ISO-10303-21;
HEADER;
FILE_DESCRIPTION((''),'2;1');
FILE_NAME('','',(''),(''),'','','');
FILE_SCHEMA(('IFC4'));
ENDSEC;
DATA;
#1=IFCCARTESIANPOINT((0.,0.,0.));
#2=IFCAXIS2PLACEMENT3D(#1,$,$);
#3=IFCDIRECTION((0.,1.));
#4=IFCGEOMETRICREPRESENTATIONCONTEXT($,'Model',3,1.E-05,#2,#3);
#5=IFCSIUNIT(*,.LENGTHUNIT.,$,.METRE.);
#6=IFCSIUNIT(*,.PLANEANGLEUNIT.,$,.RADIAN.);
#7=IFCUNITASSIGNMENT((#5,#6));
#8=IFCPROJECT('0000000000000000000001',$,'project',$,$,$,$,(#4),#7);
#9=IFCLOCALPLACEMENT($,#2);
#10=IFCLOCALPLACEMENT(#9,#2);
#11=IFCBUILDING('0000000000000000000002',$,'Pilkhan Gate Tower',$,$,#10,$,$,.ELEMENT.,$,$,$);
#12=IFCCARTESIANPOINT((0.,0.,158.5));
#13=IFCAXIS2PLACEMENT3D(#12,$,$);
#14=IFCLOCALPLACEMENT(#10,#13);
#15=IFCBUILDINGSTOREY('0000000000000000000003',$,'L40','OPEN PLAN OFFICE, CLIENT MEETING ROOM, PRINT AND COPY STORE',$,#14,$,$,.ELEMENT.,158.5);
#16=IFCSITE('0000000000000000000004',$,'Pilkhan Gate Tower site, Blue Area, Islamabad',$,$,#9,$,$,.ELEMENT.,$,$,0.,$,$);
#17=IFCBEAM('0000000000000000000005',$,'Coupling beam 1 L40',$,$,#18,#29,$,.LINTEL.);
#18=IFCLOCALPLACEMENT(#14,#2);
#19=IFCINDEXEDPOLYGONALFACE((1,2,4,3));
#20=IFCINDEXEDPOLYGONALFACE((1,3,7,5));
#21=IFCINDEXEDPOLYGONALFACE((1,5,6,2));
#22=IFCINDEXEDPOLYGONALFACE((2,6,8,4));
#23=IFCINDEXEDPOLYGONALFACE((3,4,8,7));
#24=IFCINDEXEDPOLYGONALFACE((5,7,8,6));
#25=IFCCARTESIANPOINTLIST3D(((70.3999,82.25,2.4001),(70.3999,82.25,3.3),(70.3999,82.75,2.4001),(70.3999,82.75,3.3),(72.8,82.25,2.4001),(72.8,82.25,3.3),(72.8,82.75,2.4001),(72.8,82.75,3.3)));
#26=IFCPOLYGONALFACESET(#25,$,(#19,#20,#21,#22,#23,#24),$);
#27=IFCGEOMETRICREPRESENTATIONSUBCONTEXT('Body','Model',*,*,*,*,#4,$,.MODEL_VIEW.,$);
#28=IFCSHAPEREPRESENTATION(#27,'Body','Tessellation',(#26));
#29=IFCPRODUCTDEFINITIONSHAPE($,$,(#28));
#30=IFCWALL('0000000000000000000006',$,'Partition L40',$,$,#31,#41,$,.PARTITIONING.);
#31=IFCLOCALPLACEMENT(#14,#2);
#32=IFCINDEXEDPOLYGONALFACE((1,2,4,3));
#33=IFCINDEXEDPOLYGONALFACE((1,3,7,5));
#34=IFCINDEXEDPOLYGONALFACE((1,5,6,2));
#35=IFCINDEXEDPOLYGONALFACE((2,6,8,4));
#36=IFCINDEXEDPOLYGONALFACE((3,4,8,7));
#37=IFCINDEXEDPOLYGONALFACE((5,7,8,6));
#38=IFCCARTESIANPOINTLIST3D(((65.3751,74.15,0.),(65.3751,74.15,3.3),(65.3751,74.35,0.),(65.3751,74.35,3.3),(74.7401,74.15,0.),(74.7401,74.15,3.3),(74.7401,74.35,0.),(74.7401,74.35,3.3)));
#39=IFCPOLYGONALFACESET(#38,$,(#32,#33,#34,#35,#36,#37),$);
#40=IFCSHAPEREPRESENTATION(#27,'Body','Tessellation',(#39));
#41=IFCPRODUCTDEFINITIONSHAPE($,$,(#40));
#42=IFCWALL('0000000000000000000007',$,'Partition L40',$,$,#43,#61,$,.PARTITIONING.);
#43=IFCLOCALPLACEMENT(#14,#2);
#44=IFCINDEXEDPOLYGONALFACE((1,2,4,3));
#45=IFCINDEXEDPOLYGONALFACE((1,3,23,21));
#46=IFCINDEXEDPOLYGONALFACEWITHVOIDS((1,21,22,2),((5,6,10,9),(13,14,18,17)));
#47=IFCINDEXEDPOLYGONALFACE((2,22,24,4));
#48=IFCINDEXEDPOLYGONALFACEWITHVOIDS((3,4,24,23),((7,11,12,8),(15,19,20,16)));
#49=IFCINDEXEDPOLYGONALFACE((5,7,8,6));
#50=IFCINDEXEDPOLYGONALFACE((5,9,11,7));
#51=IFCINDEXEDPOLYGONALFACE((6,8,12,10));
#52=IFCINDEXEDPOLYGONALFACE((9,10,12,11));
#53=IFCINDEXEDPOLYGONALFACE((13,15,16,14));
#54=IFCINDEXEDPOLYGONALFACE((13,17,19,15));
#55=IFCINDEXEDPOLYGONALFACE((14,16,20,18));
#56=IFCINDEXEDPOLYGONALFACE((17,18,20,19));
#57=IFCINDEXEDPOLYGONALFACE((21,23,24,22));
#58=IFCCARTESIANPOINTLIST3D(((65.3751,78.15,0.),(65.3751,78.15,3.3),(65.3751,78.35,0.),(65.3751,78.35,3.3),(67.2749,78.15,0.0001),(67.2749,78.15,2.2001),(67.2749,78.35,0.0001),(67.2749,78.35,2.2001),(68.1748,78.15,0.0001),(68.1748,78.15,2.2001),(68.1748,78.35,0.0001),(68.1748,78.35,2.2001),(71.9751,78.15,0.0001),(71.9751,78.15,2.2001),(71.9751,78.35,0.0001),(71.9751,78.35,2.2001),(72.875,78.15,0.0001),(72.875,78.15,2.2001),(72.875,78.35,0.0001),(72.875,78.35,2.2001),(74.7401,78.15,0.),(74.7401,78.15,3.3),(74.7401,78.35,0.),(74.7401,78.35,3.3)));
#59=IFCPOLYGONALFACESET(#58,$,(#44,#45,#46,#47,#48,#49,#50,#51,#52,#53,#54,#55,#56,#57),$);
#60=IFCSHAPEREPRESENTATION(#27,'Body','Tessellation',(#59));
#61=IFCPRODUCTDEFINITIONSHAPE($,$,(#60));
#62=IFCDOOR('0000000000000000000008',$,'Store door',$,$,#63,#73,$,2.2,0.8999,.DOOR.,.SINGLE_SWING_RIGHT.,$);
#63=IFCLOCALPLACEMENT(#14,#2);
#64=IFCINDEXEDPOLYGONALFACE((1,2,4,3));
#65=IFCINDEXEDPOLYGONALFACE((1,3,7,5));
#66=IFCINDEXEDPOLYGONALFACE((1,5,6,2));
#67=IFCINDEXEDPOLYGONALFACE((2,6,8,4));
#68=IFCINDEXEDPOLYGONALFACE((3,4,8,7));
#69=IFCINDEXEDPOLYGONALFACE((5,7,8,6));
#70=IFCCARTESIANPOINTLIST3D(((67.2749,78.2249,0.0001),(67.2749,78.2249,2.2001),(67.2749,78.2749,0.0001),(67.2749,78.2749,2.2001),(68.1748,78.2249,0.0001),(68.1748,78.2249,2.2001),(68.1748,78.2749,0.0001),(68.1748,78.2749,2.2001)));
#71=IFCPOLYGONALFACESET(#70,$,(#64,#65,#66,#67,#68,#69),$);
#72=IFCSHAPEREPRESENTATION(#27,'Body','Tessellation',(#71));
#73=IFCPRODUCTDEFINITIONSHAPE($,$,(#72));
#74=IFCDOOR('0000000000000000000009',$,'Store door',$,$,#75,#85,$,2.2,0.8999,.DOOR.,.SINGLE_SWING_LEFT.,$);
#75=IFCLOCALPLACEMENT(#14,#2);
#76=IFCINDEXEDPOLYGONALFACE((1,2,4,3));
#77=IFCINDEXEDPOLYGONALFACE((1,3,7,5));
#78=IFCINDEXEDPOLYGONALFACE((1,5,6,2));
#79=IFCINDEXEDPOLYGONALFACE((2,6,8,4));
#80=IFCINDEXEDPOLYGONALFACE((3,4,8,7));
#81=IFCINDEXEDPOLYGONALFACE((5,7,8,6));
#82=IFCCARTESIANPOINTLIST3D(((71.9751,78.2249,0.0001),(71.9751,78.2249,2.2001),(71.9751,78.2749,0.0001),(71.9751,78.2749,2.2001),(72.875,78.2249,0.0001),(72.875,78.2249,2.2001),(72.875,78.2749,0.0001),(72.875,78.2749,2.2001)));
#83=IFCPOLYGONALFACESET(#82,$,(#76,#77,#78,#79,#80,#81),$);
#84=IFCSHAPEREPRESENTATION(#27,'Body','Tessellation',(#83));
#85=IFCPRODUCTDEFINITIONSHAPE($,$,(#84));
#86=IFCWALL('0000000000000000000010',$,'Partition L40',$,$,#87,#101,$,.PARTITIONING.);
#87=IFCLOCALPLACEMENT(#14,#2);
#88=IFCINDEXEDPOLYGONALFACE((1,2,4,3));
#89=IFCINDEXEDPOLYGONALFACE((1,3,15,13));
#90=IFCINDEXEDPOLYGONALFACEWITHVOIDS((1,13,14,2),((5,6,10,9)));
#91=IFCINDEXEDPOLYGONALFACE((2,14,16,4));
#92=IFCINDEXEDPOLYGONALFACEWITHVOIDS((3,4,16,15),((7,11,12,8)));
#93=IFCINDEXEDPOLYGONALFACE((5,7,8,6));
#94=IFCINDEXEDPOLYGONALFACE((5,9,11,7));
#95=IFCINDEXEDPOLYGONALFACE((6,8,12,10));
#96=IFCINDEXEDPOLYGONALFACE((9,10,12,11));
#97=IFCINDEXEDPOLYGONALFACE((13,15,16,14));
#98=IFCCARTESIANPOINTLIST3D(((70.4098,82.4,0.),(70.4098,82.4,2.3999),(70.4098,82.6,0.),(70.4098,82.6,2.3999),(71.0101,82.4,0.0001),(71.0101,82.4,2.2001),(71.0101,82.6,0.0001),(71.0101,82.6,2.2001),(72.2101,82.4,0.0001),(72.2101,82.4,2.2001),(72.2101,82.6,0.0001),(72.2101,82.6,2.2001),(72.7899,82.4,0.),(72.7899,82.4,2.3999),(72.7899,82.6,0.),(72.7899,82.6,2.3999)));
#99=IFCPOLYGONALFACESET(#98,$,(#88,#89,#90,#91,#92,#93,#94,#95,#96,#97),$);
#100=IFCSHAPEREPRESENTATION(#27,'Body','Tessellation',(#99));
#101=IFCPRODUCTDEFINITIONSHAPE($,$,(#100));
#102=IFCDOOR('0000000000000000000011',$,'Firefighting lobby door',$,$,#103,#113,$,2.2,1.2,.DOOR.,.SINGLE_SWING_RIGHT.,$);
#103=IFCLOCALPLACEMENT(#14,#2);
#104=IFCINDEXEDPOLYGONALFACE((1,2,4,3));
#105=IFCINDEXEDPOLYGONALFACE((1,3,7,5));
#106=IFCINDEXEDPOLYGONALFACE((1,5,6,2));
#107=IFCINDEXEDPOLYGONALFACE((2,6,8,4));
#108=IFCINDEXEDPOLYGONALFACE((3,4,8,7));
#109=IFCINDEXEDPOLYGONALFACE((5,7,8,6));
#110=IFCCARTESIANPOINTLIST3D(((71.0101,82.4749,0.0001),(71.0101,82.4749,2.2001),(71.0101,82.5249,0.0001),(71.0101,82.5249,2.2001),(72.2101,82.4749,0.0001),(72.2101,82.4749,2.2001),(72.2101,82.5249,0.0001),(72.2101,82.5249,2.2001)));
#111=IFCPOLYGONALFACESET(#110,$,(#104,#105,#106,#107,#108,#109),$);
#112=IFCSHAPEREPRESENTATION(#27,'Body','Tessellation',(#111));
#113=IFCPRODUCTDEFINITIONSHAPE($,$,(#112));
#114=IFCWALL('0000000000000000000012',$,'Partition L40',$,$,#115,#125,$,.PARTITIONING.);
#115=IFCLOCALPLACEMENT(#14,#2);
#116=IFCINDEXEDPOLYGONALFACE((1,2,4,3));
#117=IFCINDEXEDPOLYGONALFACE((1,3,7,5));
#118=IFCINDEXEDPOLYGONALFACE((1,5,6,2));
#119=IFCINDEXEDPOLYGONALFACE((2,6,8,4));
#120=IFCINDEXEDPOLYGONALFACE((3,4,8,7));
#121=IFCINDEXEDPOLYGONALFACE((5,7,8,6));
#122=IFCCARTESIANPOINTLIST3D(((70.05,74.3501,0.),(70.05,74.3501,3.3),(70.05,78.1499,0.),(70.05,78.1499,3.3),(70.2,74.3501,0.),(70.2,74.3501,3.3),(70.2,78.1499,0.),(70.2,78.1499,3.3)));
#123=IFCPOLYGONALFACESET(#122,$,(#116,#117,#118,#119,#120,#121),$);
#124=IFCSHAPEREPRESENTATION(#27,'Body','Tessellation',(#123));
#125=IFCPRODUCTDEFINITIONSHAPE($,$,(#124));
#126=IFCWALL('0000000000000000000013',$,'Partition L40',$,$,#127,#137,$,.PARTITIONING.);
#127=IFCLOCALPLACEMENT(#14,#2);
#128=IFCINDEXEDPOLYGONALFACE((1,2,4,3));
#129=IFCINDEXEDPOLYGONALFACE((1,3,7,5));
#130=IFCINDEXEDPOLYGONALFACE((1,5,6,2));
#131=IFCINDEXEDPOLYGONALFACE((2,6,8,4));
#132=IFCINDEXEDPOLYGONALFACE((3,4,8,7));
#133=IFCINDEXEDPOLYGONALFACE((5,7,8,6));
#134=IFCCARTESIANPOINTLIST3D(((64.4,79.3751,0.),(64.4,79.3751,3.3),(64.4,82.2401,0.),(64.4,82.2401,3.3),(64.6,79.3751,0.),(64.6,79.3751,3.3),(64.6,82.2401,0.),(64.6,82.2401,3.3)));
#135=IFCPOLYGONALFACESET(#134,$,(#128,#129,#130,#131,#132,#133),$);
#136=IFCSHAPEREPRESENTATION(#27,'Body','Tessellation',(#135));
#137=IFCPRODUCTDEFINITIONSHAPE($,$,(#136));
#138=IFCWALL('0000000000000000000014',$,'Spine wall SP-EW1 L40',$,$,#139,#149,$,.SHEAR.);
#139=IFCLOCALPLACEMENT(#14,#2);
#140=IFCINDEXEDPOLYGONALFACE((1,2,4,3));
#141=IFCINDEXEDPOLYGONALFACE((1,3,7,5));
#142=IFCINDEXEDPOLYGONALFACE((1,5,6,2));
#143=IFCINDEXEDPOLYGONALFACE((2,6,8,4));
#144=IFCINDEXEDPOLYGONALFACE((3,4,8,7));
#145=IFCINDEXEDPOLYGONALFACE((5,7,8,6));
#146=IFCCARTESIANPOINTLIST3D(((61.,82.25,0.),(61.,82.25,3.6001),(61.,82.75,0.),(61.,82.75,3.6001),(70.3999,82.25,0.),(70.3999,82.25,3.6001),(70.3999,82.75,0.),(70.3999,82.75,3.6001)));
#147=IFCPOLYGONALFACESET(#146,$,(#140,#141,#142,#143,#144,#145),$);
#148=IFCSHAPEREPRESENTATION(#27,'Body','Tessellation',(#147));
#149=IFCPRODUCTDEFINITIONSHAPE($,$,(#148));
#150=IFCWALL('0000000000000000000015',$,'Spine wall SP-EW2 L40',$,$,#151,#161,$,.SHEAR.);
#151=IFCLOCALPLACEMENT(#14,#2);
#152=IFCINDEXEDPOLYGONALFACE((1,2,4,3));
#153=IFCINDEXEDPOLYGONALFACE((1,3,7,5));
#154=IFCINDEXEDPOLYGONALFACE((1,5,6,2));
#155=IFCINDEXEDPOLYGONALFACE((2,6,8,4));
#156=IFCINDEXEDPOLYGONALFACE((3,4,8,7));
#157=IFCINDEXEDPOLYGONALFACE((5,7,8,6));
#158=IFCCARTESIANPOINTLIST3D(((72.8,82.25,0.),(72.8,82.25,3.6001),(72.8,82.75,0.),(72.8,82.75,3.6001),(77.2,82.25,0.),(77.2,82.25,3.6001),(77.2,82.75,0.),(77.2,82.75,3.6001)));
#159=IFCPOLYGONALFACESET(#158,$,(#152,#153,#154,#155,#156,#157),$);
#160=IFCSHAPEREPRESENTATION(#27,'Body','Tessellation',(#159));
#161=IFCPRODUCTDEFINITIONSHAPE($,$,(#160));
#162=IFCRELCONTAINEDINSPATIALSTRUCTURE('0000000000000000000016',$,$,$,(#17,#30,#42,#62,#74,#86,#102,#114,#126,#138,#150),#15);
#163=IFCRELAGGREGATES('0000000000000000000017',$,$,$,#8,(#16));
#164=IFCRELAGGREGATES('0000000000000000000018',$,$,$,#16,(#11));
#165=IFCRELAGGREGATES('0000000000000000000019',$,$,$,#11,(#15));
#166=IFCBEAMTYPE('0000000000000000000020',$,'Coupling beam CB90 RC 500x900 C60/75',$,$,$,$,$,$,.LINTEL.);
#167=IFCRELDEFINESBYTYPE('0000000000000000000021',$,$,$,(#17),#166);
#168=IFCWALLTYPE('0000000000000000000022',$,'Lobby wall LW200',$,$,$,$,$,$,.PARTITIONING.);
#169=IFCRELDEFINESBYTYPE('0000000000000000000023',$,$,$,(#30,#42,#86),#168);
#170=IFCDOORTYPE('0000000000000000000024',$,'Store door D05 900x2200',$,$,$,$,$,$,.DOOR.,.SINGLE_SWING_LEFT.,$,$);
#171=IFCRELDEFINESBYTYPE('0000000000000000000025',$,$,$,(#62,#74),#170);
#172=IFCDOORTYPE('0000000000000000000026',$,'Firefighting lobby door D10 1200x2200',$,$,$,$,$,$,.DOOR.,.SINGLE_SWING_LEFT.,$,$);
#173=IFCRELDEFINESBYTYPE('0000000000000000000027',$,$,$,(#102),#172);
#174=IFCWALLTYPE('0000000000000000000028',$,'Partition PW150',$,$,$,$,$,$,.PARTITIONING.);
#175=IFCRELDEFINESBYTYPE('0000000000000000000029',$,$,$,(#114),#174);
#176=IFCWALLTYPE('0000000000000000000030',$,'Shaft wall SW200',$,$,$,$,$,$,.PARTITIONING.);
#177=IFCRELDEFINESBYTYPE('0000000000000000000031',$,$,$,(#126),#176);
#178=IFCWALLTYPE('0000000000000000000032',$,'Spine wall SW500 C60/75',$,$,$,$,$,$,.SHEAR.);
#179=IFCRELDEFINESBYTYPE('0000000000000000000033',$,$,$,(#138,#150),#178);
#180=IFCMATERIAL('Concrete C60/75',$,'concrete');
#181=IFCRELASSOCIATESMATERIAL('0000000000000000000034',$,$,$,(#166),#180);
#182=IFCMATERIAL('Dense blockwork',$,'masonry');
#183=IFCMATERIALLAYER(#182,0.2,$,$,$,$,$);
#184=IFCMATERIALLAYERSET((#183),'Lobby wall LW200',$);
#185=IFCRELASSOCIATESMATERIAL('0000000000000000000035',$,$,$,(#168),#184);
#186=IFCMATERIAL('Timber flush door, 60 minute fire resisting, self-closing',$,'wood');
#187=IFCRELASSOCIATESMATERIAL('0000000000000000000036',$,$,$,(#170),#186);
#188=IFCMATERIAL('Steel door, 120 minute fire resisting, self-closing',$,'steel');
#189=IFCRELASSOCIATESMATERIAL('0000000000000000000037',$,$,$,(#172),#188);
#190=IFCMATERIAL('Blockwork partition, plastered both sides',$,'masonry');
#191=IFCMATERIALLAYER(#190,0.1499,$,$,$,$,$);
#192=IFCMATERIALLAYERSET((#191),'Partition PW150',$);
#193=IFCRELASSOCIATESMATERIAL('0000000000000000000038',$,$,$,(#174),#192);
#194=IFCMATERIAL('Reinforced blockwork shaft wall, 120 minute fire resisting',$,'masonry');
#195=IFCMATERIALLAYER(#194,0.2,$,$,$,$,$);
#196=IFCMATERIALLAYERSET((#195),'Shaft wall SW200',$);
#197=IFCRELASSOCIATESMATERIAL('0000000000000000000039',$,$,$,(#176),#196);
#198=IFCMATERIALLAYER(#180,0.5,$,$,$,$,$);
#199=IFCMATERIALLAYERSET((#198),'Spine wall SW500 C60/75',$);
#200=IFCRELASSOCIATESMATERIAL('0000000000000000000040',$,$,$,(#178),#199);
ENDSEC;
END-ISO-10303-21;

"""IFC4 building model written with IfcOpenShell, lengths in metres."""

from ifc_helpers import new_model, si_unit, direction, frame, frame_2d, origin, origin_2d, place, context, subcontext, project, spatial, rectangle, extrude, material, layer, layer_set, material_profile, profile_set, type_object, element, fill, save


model = new_model("IFC4")

# Units and contexts
model_context = context("Model", 3, precision=1e-05, world=origin(), true_north=direction((0.0, 1.0)))
body_context = subcontext(model_context, "Body", "Model", "MODEL_VIEW")
ifc_project = project(units=[si_unit("LENGTHUNIT", "METRE"), si_unit("PLANEANGLEUNIT", "RADIAN")], contexts=[model_context])

# Site, building, storey
site_placement = place(None, origin())
site = spatial("IfcSite", under=ifc_project, at=site_placement, Name="Pilkhan Gate Tower site, Blue Area, Islamabad", CompositionType="ELEMENT", RefElevation=0.0)
building_placement = place(site_placement, origin())
building = spatial("IfcBuilding", under=site, at=building_placement, Name="Pilkhan Gate Tower", CompositionType="ELEMENT")
storey_placement = place(building_placement, frame((0.0, 0.0, 158.5)))
storey = spatial("IfcBuildingStorey", under=building, at=storey_placement, Name="L40", Description="OPEN PLAN OFFICE, CLIENT MEETING ROOM, PRINT AND COPY STORE", CompositionType="ELEMENT", Elevation=158.5)

# Beam
ifc_material_1 = material(Name="Concrete C60/75", Category="concrete")
ifc_material_profile = material_profile(ifc_material_1, rectangle(XDim=0.5, YDim=0.8999, at=origin_2d()), Name="RC 500x900")
ifc_profile_set = profile_set([ifc_material_profile], Name="Concrete C60/75")
beam_type = type_object("IfcBeamType", Name="Coupling beam CB90 RC 500x900 C60/75", PredefinedType="LINTEL", material=ifc_profile_set)
beam_placement = place(storey_placement, frame((70.3999, 82.5, 2.8501), z_axis=(1.0, 0.0, 0.0), x_axis=(0.0, 1.0, 0.0)))
element("IfcBeam", 1, at=beam_placement, inside=storey, type_object=beam_type, Name="Coupling beam 1 L40", PredefinedType="LINTEL", context=body_context, shape_type="SweptSolid", body=[
    extrude(rectangle(XDim=0.5, YDim=0.8999, at=origin_2d()), origin(), (0.0, 0.0, 1.0), 2.4001),
])

# Wall
ifc_material_2 = material(Name="Dense blockwork", Category="masonry")
ifc_layer_1 = layer(ifc_material_2, 0.2)
ifc_layer_set_1 = layer_set([ifc_layer_1], Name="Lobby wall LW200")
wall_type_1 = type_object("IfcWallType", Name="Lobby wall LW200", PredefinedType="PARTITIONING", material=ifc_layer_set_1)
wall_1_placement = place(storey_placement, frame((65.375, 74.25, 0.0), z_axis=(0.0, 0.0, 1.0), x_axis=(1.0, 0.0, 0.0)))
element("IfcWall", 2, at=wall_1_placement, inside=storey, type_object=wall_type_1, Name="Partition L40", PredefinedType="PARTITIONING", context=body_context, shape_type="SweptSolid", body=[
    extrude(rectangle(XDim=9.365, YDim=0.2, at=frame_2d((4.6826, 0.0))), origin(), (0.0, 0.0, 1.0), 3.3),
])

# Wall, openings, doors
wall_2_placement = place(storey_placement, frame((65.375, 78.25, 0.0), z_axis=(0.0, 0.0, 1.0), x_axis=(1.0, 0.0, 0.0)))
wall_2 = element("IfcWall", 3, at=wall_2_placement, inside=storey, type_object=wall_type_1, Name="Partition L40", PredefinedType="PARTITIONING", context=body_context, shape_type="SweptSolid", body=[
    extrude(rectangle(XDim=9.365, YDim=0.2, at=frame_2d((4.6826, 0.0))), origin(), (0.0, 0.0, 1.0), 3.3),
])
opening_1_placement = place(wall_2_placement, frame((1.8999, 0.0, 0.0)))
opening_1 = element("IfcOpeningElement", 4, at=opening_1_placement, cuts=wall_2, PredefinedType="OPENING", context=body_context, shape_type="SweptSolid", body=[
    extrude(rectangle(XDim=0.8999, YDim=2.2, at=frame_2d((0.45, 1.1001))), frame((0.0, 0.1099, 0.0), z_axis=(0.0, -1.0, 0.0), x_axis=(1.0, 0.0, 0.0)), (0.0, 0.0, 1.0), 0.22),
])
opening_2_placement = place(wall_2_placement, frame((6.6001, 0.0, 0.0)))
opening_2 = element("IfcOpeningElement", 5, at=opening_2_placement, cuts=wall_2, PredefinedType="OPENING", context=body_context, shape_type="SweptSolid", body=[
    extrude(rectangle(XDim=0.8999, YDim=2.2, at=frame_2d((0.45, 1.1001))), frame((0.0, 0.1099, 0.0), z_axis=(0.0, -1.0, 0.0), x_axis=(1.0, 0.0, 0.0)), (0.0, 0.0, 1.0), 0.22),
])
ifc_material_3 = material(Name="Timber flush door, 60 minute fire resisting, self-closing", Category="wood")
door_type_1 = type_object("IfcDoorType", Name="Store door D05 900x2200", OperationType="SINGLE_SWING_LEFT", PredefinedType="DOOR", material=ifc_material_3)
door_1_placement = place(opening_1_placement, origin())
door_1 = element("IfcDoor", 6, at=door_1_placement, inside=storey, type_object=door_type_1, Name="Store door", OperationType="SINGLE_SWING_RIGHT", OverallHeight=2.2, OverallWidth=0.8999, PredefinedType="DOOR", context=body_context, shape_type="SweptSolid", body=[
    extrude(rectangle(XDim=0.8999, YDim=2.2, at=frame_2d((0.45, 1.1001))), frame((0.0, 0.0249, 0.0), z_axis=(0.0, -1.0, 0.0), x_axis=(1.0, 0.0, 0.0)), (0.0, 0.0, 1.0), 0.05),
])
fill(opening_1, door_1)
door_2_placement = place(opening_2_placement, origin())
door_2 = element("IfcDoor", 7, at=door_2_placement, inside=storey, type_object=door_type_1, Name="Store door", OperationType="SINGLE_SWING_LEFT", OverallHeight=2.2, OverallWidth=0.8999, PredefinedType="DOOR", context=body_context, shape_type="SweptSolid", body=[
    extrude(rectangle(XDim=0.8999, YDim=2.2, at=frame_2d((0.45, 1.1001))), frame((0.0, 0.0249, 0.0), z_axis=(0.0, -1.0, 0.0), x_axis=(1.0, 0.0, 0.0)), (0.0, 0.0, 1.0), 0.05),
])
fill(opening_2, door_2)

# Wall, opening, door
wall_3_placement = place(storey_placement, frame((70.4099, 82.5, 0.0), z_axis=(0.0, 0.0, 1.0), x_axis=(1.0, 0.0, 0.0)))
wall_3 = element("IfcWall", 8, at=wall_3_placement, inside=storey, type_object=wall_type_1, Name="Partition L40", PredefinedType="PARTITIONING", context=body_context, shape_type="SweptSolid", body=[
    extrude(rectangle(XDim=2.3801, YDim=0.2, at=frame_2d((1.1899, 0.0))), origin(), (0.0, 0.0, 1.0), 2.3999),
])
opening_3_placement = place(wall_3_placement, frame((0.6001, 0.0, 0.0)))
opening_3 = element("IfcOpeningElement", 9, at=opening_3_placement, cuts=wall_3, PredefinedType="OPENING", context=body_context, shape_type="SweptSolid", body=[
    extrude(rectangle(XDim=1.2, YDim=2.2, at=frame_2d((0.6001, 1.1001))), frame((0.0, 0.1099, 0.0), z_axis=(0.0, -1.0, 0.0), x_axis=(1.0, 0.0, 0.0)), (0.0, 0.0, 1.0), 0.22),
])
ifc_material_4 = material(Name="Steel door, 120 minute fire resisting, self-closing", Category="steel")
door_type_2 = type_object("IfcDoorType", Name="Firefighting lobby door D10 1200x2200", OperationType="SINGLE_SWING_LEFT", PredefinedType="DOOR", material=ifc_material_4)
door_3_placement = place(opening_3_placement, origin())
door_3 = element("IfcDoor", 10, at=door_3_placement, inside=storey, type_object=door_type_2, Name="Firefighting lobby door", OperationType="SINGLE_SWING_RIGHT", OverallHeight=2.2, OverallWidth=1.2, PredefinedType="DOOR", context=body_context, shape_type="SweptSolid", body=[
    extrude(rectangle(XDim=1.2, YDim=2.2, at=frame_2d((0.6001, 1.1001))), frame((0.0, 0.0249, 0.0), z_axis=(0.0, -1.0, 0.0), x_axis=(1.0, 0.0, 0.0)), (0.0, 0.0, 1.0), 0.05),
])
fill(opening_3, door_3)

# Walls
ifc_material_5 = material(Name="Blockwork partition, plastered both sides", Category="masonry")
ifc_layer_2 = layer(ifc_material_5, 0.1499)
ifc_layer_set_2 = layer_set([ifc_layer_2], Name="Partition PW150")
wall_type_2 = type_object("IfcWallType", Name="Partition PW150", PredefinedType="PARTITIONING", material=ifc_layer_set_2)
wall_4_placement = place(storey_placement, frame((70.125, 74.3501, 0.0), z_axis=(0.0, 0.0, 1.0), x_axis=(0.0, 1.0, 0.0)))
element("IfcWall", 11, at=wall_4_placement, inside=storey, type_object=wall_type_2, Name="Partition L40", PredefinedType="PARTITIONING", context=body_context, shape_type="SweptSolid", body=[
    extrude(rectangle(XDim=3.7998, YDim=0.1499, at=frame_2d((1.8999, 0.0))), origin(), (0.0, 0.0, 1.0), 3.3),
])
ifc_material_6 = material(Name="Reinforced blockwork shaft wall, 120 minute fire resisting", Category="masonry")
ifc_layer_3 = layer(ifc_material_6, 0.2)
ifc_layer_set_3 = layer_set([ifc_layer_3], Name="Shaft wall SW200")
wall_type_3 = type_object("IfcWallType", Name="Shaft wall SW200", PredefinedType="PARTITIONING", material=ifc_layer_set_3)
wall_5_placement = place(storey_placement, frame((64.5, 79.375, 0.0), z_axis=(0.0, 0.0, 1.0), x_axis=(0.0, 1.0, 0.0)))
element("IfcWall", 12, at=wall_5_placement, inside=storey, type_object=wall_type_3, Name="Partition L40", PredefinedType="PARTITIONING", context=body_context, shape_type="SweptSolid", body=[
    extrude(rectangle(XDim=2.865, YDim=0.2, at=frame_2d((1.4326, 0.0))), origin(), (0.0, 0.0, 1.0), 3.3),
])
ifc_layer_4 = layer(ifc_material_1, 0.5)
ifc_layer_set_4 = layer_set([ifc_layer_4], Name="Spine wall SW500 C60/75")
wall_type_4 = type_object("IfcWallType", Name="Spine wall SW500 C60/75", PredefinedType="SHEAR", material=ifc_layer_set_4)
wall_6_placement = place(storey_placement, frame((61.0, 82.5, 0.0), z_axis=(0.0, 0.0, 1.0), x_axis=(1.0, 0.0, 0.0)))
element("IfcWall", 13, at=wall_6_placement, inside=storey, type_object=wall_type_4, Name="Spine wall SP-EW1 L40", PredefinedType="SHEAR", context=body_context, shape_type="SweptSolid", body=[
    extrude(rectangle(XDim=9.3999, YDim=0.5, at=frame_2d((4.7, 0.0))), origin(), (0.0, 0.0, 1.0), 3.6001),
])
wall_7_placement = place(storey_placement, frame((72.8, 82.5, 0.0), z_axis=(0.0, 0.0, 1.0), x_axis=(1.0, 0.0, 0.0)))
element("IfcWall", 14, at=wall_7_placement, inside=storey, type_object=wall_type_4, Name="Spine wall SP-EW2 L40", PredefinedType="SHEAR", context=body_context, shape_type="SweptSolid", body=[
    extrude(rectangle(XDim=4.3999, YDim=0.5, at=frame_2d((2.2, 0.0))), origin(), (0.0, 0.0, 1.0), 3.6001),
])

save(model, "model.ifc")
